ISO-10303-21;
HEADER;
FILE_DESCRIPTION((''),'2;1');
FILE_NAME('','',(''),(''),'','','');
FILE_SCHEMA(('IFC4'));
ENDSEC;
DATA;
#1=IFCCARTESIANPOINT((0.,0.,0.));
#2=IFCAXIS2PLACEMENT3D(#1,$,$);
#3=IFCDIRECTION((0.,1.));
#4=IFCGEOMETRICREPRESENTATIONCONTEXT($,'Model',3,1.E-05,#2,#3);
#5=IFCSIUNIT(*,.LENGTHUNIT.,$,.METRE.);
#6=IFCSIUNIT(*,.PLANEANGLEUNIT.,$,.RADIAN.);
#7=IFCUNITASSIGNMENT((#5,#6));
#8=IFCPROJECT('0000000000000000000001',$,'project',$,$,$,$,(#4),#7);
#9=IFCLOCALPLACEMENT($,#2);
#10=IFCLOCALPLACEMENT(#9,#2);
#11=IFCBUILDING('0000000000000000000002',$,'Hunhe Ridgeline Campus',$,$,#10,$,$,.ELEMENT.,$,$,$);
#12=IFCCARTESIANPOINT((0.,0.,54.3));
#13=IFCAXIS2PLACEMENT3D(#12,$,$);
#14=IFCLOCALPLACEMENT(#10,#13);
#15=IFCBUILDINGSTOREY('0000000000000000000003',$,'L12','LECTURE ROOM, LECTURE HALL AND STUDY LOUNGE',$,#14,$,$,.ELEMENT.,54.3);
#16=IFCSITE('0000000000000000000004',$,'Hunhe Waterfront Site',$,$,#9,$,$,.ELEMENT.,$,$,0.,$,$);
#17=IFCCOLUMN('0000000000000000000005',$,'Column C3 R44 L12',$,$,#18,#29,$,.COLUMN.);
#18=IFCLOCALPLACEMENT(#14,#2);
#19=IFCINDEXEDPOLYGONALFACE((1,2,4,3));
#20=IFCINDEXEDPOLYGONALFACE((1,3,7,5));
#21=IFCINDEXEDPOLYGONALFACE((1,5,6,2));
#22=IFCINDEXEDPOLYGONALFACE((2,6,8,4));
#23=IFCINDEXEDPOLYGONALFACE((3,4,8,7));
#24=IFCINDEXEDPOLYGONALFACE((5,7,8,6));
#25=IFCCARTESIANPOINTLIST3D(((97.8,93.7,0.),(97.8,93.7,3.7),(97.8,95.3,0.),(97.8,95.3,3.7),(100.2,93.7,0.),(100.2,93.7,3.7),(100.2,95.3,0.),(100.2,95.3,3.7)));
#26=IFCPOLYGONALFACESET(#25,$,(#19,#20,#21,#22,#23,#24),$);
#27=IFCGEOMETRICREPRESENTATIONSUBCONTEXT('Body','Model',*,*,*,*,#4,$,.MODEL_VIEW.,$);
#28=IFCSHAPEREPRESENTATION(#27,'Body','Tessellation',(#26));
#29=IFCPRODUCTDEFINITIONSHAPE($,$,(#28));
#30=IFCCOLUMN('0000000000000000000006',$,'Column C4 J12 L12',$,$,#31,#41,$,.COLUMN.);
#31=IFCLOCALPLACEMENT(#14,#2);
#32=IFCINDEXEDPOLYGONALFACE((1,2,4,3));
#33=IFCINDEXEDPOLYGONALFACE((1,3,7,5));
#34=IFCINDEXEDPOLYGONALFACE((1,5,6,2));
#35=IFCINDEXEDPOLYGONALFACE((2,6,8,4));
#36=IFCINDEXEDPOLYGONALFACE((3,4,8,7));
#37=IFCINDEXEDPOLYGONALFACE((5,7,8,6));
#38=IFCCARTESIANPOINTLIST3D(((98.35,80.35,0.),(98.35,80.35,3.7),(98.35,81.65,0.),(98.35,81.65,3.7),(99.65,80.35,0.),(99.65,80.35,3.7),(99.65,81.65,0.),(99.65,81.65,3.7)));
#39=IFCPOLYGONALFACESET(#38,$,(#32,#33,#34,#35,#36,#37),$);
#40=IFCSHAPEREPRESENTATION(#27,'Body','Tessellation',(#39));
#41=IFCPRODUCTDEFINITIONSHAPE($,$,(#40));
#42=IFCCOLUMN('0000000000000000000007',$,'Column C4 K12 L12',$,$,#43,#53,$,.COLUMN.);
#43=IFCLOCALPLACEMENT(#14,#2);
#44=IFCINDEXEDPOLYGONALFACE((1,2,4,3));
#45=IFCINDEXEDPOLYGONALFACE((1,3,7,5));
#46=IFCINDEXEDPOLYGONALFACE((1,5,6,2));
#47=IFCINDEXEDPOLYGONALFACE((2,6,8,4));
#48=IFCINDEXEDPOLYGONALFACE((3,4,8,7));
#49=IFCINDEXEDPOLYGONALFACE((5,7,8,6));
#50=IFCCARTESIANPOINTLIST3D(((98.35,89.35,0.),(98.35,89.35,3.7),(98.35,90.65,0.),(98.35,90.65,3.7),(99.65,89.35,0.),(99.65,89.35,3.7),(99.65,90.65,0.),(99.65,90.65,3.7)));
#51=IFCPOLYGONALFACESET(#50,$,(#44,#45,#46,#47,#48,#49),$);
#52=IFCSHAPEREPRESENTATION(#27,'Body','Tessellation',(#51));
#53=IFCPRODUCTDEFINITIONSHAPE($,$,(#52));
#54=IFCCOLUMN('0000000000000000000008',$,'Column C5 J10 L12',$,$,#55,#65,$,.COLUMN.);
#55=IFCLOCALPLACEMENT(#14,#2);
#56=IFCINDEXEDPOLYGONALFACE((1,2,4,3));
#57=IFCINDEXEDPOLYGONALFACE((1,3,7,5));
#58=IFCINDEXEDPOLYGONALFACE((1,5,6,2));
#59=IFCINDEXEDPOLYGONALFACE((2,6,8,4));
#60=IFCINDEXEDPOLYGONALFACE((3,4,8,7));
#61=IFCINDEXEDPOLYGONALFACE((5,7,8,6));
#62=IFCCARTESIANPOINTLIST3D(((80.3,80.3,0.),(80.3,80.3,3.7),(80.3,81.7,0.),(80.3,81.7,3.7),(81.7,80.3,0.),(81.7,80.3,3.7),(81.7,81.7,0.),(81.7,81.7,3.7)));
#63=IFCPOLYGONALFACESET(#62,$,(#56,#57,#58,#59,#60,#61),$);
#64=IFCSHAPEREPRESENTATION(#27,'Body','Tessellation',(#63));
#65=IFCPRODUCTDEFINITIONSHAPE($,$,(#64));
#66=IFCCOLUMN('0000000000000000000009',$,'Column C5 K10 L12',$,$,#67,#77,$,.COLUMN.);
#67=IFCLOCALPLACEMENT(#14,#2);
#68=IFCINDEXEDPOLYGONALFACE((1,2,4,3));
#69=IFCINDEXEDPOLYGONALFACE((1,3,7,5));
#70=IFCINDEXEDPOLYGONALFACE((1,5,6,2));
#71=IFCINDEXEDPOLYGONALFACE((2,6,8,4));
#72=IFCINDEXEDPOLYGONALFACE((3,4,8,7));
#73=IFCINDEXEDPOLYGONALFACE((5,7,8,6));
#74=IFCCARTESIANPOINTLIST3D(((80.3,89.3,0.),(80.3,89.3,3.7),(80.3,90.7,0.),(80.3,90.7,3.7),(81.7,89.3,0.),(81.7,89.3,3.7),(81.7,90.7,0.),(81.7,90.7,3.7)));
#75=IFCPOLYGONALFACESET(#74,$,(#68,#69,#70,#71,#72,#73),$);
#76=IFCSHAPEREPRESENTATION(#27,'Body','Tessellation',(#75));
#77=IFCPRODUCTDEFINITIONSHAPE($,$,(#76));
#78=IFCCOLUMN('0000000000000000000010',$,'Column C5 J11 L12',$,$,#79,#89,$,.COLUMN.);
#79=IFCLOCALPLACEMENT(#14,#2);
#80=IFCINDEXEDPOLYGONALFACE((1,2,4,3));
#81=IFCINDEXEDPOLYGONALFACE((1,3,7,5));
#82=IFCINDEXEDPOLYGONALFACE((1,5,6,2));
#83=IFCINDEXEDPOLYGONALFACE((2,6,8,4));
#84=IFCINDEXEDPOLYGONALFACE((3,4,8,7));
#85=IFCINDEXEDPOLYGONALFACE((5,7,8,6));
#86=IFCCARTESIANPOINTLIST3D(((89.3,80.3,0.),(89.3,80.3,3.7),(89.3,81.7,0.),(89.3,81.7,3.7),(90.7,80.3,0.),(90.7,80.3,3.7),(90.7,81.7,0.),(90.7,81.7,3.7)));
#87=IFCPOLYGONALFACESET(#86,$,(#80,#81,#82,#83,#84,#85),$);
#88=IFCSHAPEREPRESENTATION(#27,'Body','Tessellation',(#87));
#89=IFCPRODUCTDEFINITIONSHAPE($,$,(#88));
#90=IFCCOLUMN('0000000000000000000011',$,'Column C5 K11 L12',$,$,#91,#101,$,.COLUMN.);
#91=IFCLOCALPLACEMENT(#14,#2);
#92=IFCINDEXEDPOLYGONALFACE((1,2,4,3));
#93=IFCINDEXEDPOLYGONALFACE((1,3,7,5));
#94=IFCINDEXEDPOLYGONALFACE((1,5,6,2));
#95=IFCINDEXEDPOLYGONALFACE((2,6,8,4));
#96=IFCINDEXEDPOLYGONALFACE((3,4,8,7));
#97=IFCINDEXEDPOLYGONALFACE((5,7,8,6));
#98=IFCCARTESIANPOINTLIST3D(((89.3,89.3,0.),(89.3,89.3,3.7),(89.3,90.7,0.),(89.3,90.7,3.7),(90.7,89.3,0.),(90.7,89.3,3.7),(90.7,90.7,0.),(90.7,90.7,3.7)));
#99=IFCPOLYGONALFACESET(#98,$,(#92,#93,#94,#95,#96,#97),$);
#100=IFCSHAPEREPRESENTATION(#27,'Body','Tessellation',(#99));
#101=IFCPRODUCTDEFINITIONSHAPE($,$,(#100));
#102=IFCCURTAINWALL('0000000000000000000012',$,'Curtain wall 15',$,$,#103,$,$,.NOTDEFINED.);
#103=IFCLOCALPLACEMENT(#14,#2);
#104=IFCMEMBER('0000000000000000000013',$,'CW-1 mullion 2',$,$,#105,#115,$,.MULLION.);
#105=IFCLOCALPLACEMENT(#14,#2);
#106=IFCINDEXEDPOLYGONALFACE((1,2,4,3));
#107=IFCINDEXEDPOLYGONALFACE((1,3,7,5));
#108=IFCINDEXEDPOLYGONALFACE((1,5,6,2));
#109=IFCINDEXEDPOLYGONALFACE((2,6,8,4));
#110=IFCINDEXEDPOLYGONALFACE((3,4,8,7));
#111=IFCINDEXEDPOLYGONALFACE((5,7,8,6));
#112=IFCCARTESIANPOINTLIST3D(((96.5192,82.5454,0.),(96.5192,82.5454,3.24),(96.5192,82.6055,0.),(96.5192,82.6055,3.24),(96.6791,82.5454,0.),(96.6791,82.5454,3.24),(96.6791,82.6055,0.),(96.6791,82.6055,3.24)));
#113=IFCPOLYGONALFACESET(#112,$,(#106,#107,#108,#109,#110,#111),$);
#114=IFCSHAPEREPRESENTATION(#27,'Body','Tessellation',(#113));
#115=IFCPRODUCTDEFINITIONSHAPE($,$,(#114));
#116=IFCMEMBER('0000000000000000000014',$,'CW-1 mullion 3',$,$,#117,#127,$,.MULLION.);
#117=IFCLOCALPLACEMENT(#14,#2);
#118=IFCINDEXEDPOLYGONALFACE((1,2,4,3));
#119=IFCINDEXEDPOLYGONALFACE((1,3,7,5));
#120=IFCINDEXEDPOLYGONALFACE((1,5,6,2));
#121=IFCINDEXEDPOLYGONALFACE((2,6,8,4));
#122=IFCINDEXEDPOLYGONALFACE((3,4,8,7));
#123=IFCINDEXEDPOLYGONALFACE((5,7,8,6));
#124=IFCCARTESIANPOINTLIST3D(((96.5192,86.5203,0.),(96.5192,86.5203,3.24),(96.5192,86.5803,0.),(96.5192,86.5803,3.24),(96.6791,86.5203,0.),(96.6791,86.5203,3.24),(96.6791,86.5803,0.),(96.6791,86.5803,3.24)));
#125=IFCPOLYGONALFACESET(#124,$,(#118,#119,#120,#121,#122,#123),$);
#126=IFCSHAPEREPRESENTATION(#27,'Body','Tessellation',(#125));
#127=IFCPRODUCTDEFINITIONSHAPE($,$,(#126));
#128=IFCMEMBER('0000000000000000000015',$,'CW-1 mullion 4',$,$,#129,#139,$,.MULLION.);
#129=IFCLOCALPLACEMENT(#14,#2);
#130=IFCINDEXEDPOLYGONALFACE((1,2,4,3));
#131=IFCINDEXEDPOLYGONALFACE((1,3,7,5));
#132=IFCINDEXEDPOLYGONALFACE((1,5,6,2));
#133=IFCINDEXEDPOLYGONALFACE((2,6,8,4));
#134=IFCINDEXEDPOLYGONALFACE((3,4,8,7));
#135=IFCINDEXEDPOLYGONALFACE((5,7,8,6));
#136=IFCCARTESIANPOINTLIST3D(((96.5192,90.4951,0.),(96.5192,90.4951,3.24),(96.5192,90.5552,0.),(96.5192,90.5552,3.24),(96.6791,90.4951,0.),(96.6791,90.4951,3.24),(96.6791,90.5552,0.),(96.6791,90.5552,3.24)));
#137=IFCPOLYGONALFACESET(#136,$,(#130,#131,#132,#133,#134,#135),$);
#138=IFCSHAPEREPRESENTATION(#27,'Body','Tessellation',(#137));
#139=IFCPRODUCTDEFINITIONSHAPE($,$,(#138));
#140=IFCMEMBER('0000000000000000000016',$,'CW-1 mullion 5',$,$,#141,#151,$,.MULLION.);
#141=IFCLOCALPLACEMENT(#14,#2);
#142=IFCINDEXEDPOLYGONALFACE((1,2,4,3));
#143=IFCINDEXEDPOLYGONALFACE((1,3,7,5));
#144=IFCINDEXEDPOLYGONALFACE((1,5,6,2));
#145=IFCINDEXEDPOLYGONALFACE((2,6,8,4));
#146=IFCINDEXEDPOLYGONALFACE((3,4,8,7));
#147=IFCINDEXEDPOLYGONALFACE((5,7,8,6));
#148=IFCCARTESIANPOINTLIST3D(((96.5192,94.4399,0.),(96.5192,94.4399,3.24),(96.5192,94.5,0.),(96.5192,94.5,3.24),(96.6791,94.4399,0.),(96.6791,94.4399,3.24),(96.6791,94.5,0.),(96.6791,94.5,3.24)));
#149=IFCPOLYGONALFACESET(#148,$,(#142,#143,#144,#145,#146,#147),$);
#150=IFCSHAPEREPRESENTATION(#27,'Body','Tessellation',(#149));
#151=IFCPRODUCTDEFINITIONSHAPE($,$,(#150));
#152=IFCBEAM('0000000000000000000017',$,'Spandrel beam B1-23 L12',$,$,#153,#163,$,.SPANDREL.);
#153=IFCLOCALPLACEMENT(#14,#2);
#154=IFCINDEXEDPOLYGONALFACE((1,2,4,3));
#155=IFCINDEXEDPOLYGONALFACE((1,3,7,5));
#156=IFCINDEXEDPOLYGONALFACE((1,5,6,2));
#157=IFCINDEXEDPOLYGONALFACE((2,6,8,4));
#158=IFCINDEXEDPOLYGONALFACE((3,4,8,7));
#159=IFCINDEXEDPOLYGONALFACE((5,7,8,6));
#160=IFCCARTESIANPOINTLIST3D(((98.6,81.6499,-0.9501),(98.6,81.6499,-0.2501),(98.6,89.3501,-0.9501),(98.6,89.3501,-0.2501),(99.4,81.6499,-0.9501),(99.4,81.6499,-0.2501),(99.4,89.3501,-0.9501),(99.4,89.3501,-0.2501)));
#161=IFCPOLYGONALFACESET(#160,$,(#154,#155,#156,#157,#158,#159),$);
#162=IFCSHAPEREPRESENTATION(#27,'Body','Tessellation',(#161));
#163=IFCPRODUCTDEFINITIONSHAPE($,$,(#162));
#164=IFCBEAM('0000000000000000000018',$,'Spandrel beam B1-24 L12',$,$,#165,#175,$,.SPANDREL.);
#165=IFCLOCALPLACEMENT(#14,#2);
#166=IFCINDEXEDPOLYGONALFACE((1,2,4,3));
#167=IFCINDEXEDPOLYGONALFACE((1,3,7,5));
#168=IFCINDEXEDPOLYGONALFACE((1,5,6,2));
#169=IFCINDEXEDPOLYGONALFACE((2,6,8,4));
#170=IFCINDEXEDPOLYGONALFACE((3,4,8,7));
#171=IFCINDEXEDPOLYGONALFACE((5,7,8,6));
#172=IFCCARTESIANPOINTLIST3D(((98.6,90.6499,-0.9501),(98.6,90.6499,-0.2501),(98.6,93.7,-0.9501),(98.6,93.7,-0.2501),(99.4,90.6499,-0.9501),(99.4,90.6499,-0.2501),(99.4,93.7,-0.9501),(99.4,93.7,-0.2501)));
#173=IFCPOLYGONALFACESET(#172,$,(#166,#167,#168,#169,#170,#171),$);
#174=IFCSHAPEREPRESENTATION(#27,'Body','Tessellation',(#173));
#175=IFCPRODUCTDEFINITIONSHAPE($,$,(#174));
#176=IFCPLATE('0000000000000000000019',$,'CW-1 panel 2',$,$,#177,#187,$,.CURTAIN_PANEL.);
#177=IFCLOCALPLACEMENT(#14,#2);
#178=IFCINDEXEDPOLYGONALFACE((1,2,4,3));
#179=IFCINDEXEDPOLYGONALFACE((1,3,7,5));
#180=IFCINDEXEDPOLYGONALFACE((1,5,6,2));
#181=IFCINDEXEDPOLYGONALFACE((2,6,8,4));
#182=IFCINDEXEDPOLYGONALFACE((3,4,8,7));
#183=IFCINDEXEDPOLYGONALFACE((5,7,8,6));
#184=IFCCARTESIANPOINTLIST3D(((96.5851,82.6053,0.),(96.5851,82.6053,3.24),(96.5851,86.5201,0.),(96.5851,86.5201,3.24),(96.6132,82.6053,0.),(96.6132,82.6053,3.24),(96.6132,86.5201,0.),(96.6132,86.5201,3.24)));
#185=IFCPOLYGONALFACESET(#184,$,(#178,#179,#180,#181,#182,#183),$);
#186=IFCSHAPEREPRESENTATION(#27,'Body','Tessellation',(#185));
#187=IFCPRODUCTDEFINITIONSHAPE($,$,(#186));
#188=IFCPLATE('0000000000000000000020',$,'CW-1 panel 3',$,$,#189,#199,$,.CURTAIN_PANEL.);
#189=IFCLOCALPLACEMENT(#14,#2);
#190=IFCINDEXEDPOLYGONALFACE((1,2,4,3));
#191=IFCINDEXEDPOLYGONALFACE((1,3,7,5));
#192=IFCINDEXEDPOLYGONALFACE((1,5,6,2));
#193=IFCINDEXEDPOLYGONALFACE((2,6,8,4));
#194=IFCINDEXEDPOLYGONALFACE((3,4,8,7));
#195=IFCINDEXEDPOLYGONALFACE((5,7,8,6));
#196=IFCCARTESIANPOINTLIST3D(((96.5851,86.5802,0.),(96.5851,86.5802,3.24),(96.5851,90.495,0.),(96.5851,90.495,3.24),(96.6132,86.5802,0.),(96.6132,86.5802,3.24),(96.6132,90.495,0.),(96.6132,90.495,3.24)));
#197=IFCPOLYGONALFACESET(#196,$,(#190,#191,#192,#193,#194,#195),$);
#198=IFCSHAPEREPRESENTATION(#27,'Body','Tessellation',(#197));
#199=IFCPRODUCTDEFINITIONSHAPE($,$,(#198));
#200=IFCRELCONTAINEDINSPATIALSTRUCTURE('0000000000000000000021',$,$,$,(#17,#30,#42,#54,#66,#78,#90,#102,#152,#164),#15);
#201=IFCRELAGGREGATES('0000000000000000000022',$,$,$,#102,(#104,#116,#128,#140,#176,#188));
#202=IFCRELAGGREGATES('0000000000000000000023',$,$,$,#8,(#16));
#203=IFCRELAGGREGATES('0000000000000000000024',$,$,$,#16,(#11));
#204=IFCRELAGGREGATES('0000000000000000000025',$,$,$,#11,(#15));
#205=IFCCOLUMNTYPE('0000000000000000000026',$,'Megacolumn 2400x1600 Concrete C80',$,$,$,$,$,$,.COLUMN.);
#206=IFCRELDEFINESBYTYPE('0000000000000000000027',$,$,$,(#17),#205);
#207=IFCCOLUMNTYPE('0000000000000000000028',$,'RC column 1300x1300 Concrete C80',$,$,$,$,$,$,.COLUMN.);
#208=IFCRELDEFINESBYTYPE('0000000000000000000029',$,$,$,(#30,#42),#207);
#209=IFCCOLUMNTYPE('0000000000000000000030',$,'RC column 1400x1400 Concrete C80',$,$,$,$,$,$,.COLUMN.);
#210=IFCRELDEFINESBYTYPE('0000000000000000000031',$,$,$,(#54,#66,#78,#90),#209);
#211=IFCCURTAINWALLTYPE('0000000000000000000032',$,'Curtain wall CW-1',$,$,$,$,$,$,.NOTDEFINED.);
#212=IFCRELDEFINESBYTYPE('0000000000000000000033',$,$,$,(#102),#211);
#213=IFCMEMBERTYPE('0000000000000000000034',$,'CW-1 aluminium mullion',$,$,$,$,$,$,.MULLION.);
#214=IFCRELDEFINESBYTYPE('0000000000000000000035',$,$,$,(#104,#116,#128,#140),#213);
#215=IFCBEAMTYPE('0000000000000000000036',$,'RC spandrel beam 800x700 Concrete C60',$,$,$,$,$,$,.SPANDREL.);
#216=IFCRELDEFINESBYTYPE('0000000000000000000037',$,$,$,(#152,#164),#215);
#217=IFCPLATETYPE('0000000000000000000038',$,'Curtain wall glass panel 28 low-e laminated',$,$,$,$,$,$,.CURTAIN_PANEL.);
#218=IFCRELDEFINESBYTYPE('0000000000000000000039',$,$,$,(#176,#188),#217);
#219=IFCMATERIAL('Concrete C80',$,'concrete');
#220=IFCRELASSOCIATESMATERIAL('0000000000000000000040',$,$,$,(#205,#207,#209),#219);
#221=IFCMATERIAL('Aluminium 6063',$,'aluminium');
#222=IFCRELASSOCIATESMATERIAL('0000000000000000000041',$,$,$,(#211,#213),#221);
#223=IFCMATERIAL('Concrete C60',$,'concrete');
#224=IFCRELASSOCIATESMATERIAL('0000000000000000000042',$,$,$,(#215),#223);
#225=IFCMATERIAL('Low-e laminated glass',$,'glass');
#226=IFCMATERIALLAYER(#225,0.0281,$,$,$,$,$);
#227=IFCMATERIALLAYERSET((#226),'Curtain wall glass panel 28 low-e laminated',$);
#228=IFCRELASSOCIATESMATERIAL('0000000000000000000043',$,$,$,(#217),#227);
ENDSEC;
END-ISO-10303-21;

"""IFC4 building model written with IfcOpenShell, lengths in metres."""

from ifc_helpers import new_model, si_unit, direction, frame, origin, origin_2d, place, context, subcontext, project, spatial, rectangle, extrude, material, layer, layer_set, material_profile, profile_set, type_object, element, aggregate, save


model = new_model("IFC4")

# Units and contexts
model_context = context("Model", 3, precision=1e-05, world=origin(), true_north=direction((0.0, 1.0)))
body_context = subcontext(model_context, "Body", "Model", "MODEL_VIEW")
ifc_project = project(units=[si_unit("LENGTHUNIT", "METRE"), si_unit("PLANEANGLEUNIT", "RADIAN")], contexts=[model_context])

# Site, building, storey
site_placement = place(None, origin())
site = spatial("IfcSite", under=ifc_project, at=site_placement, Name="Hunhe Waterfront Site", CompositionType="ELEMENT", RefElevation=0.0)
building_placement = place(site_placement, origin())
building = spatial("IfcBuilding", under=site, at=building_placement, Name="Hunhe Ridgeline Campus", CompositionType="ELEMENT")
storey_placement = place(building_placement, frame((0.0, 0.0, 54.3)))
storey = spatial("IfcBuildingStorey", under=building, at=storey_placement, Name="L12", Description="LECTURE ROOM, LECTURE HALL AND STUDY LOUNGE", CompositionType="ELEMENT", Elevation=54.3)

# Columns
ifc_material_1 = material(Name="Concrete C80", Category="concrete")
ifc_material_profile_1 = material_profile(ifc_material_1, rectangle(XDim=2.3999, YDim=1.6001, at=origin_2d()))
ifc_profile_set_1 = profile_set([ifc_material_profile_1], Name="Concrete C80")
column_type_1 = type_object("IfcColumnType", Name="Megacolumn 2400x1600 Concrete C80", PredefinedType="COLUMN", material=ifc_profile_set_1)
column_placement = place(storey_placement, frame((99.0, 94.5, 0.0), z_axis=(0.0, 0.0, 1.0), x_axis=(1.0, 0.0, 0.0)))
element("IfcColumn", 1, at=column_placement, inside=storey, type_object=column_type_1, Name="Column C3 R44 L12", PredefinedType="COLUMN", context=body_context, shape_type="SweptSolid", body=[
    extrude(rectangle(XDim=2.3999, YDim=1.6001, at=origin_2d()), origin(), (0.0, 0.0, 1.0), 3.7),
])
ifc_material_profile_2 = material_profile(ifc_material_1, rectangle(XDim=1.3, YDim=1.3, at=origin_2d()))
ifc_profile_set_2 = profile_set([ifc_material_profile_2], Name="Concrete C80")
column_type_2 = type_object("IfcColumnType", Name="RC column 1300x1300 Concrete C80", PredefinedType="COLUMN", material=ifc_profile_set_2)
for number, where, z_axis, x_axis, name in (
    (2, (99.0, 81.0, 0.0), (0.0, 0.0, 1.0), (1.0, 0.0, 0.0), "Column C4 J12 L12"),
    (3, (99.0, 90.0, 0.0), (0.0, 0.0, 1.0), (1.0, 0.0, 0.0), "Column C4 K12 L12"),
):
    element("IfcColumn", number, at=place(storey_placement, frame(where, z_axis=z_axis, x_axis=x_axis)), inside=storey, type_object=column_type_2, Name=name, PredefinedType="COLUMN", context=body_context, shape_type="SweptSolid", body=[
        extrude(rectangle(XDim=1.3, YDim=1.3, at=origin_2d()), origin(), (0.0, 0.0, 1.0), 3.7),
    ])
ifc_material_profile_3 = material_profile(ifc_material_1, rectangle(XDim=1.3999, YDim=1.3999, at=origin_2d()))
ifc_profile_set_3 = profile_set([ifc_material_profile_3], Name="Concrete C80")
column_type_3 = type_object("IfcColumnType", Name="RC column 1400x1400 Concrete C80", PredefinedType="COLUMN", material=ifc_profile_set_3)
for number, where, z_axis, x_axis, name in (
    (4, (81.0, 81.0, 0.0), (0.0, 0.0, 1.0), (1.0, 0.0, 0.0), "Column C5 J10 L12"),
    (5, (81.0, 90.0, 0.0), (0.0, 0.0, 1.0), (1.0, 0.0, 0.0), "Column C5 K10 L12"),
    (6, (90.0, 81.0, 0.0), (0.0, 0.0, 1.0), (1.0, 0.0, 0.0), "Column C5 J11 L12"),
    (7, (90.0, 90.0, 0.0), (0.0, 0.0, 1.0), (1.0, 0.0, 0.0), "Column C5 K11 L12"),
):
    element("IfcColumn", number, at=place(storey_placement, frame(where, z_axis=z_axis, x_axis=x_axis)), inside=storey, type_object=column_type_3, Name=name, PredefinedType="COLUMN", context=body_context, shape_type="SweptSolid", body=[
        extrude(rectangle(XDim=1.3999, YDim=1.3999, at=origin_2d()), origin(), (0.0, 0.0, 1.0), 3.7),
    ])

# Curtain wall, members
ifc_material_2 = material(Name="Aluminium 6063", Category="aluminium")
curtain_wall_type = type_object("IfcCurtainWallType", Name="Curtain wall CW-1", PredefinedType="NOTDEFINED", material=ifc_material_2)
curtain_wall_placement = place(storey_placement, origin())
curtain_wall = element("IfcCurtainWall", 8, at=curtain_wall_placement, inside=storey, type_object=curtain_wall_type, Name="Curtain wall 15", PredefinedType="NOTDEFINED")
ifc_material_profile_4 = material_profile(ifc_material_2, rectangle(XDim=0.1599, YDim=0.0601, at=origin_2d()))
ifc_profile_set_4 = profile_set([ifc_material_profile_4], Name="Aluminium 6063")
member_type = type_object("IfcMemberType", Name="CW-1 aluminium mullion", PredefinedType="MULLION", material=ifc_profile_set_4)
member_1_placement = place(storey_placement, frame((96.5991, 82.5754, 0.0), z_axis=(0.0, 0.0, 1.0), x_axis=(-1.0, 0.0, 0.0)))
member_1 = element("IfcMember", 9, at=member_1_placement, type_object=member_type, Name="CW-1 mullion 2", PredefinedType="MULLION", context=body_context, shape_type="SweptSolid", body=[
    extrude(rectangle(XDim=0.1599, YDim=0.0601, at=origin_2d()), origin(), (0.0, 0.0, 1.0), 3.24),
])
member_2_placement = place(storey_placement, frame((96.5991, 86.5503, 0.0), z_axis=(0.0, 0.0, 1.0), x_axis=(-1.0, 0.0, 0.0)))
member_2 = element("IfcMember", 10, at=member_2_placement, type_object=member_type, Name="CW-1 mullion 3", PredefinedType="MULLION", context=body_context, shape_type="SweptSolid", body=[
    extrude(rectangle(XDim=0.1599, YDim=0.0601, at=origin_2d()), origin(), (0.0, 0.0, 1.0), 3.24),
])
member_3_placement = place(storey_placement, frame((96.5991, 90.5251, 0.0), z_axis=(0.0, 0.0, 1.0), x_axis=(-1.0, 0.0, 0.0)))
member_3 = element("IfcMember", 11, at=member_3_placement, type_object=member_type, Name="CW-1 mullion 4", PredefinedType="MULLION", context=body_context, shape_type="SweptSolid", body=[
    extrude(rectangle(XDim=0.1599, YDim=0.0601, at=origin_2d()), origin(), (0.0, 0.0, 1.0), 3.24),
])
member_4_placement = place(storey_placement, frame((96.5991, 94.47, 0.0), z_axis=(0.0, 0.0, 1.0), x_axis=(-1.0, 0.0, 0.0)))
member_4 = element("IfcMember", 12, at=member_4_placement, type_object=member_type, Name="CW-1 mullion 5", PredefinedType="MULLION", context=body_context, shape_type="SweptSolid", body=[
    extrude(rectangle(XDim=0.1599, YDim=0.0601, at=origin_2d()), origin(), (0.0, 0.0, 1.0), 3.24),
])

# Beams
ifc_material_3 = material(Name="Concrete C60", Category="concrete")
ifc_material_profile_5 = material_profile(ifc_material_3, rectangle(XDim=0.8, YDim=0.7, at=origin_2d()))
ifc_profile_set_5 = profile_set([ifc_material_profile_5], Name="Concrete C60")
beam_type = type_object("IfcBeamType", Name="RC spandrel beam 800x700 Concrete C60", PredefinedType="SPANDREL", material=ifc_profile_set_5)
beam_1_placement = place(storey_placement, frame((99.0, 81.6499, -0.6001), z_axis=(0.0, 1.0, 0.0), x_axis=(-1.0, 0.0, 0.0)))
element("IfcBeam", 13, at=beam_1_placement, inside=storey, type_object=beam_type, Name="Spandrel beam B1-23 L12", PredefinedType="SPANDREL", context=body_context, shape_type="SweptSolid", body=[
    extrude(rectangle(XDim=0.8, YDim=0.7, at=origin_2d()), origin(), (0.0, 0.0, 1.0), 7.7002),
])
beam_2_placement = place(storey_placement, frame((99.0, 90.6499, -0.6001), z_axis=(0.0, 1.0, 0.0), x_axis=(-1.0, 0.0, 0.0)))
element("IfcBeam", 14, at=beam_2_placement, inside=storey, type_object=beam_type, Name="Spandrel beam B1-24 L12", PredefinedType="SPANDREL", context=body_context, shape_type="SweptSolid", body=[
    extrude(rectangle(XDim=0.8, YDim=0.7, at=origin_2d()), origin(), (0.0, 0.0, 1.0), 3.05),
])

# Plates
ifc_material_4 = material(Name="Low-e laminated glass", Category="glass")
ifc_layer_1 = layer(ifc_material_4, 0.0281)
ifc_layer_set_1 = layer_set([ifc_layer_1], Name="Curtain wall glass panel 28 low-e laminated")
plate_type = type_object("IfcPlateType", Name="Curtain wall glass panel 28 low-e laminated", PredefinedType="CURTAIN_PANEL", material=ifc_layer_set_1)
plate_1_placement = place(storey_placement, frame((96.5991, 84.5627, 0.0), z_axis=(0.0, 0.0, 1.0), x_axis=(0.0, 1.0, 0.0)))
plate_1 = element("IfcPlate", 15, at=plate_1_placement, type_object=plate_type, Name="CW-1 panel 2", PredefinedType="CURTAIN_PANEL", context=body_context, shape_type="SweptSolid", body=[
    extrude(rectangle(XDim=3.9148, YDim=0.0281, at=origin_2d()), origin(), (0.0, 0.0, 1.0), 3.24),
])
plate_2_placement = place(storey_placement, frame((96.5991, 88.5376, 0.0), z_axis=(0.0, 0.0, 1.0), x_axis=(0.0, 1.0, 0.0)))
plate_2 = element("IfcPlate", 16, at=plate_2_placement, type_object=plate_type, Name="CW-1 panel 3", PredefinedType="CURTAIN_PANEL", context=body_context, shape_type="SweptSolid", body=[
    extrude(rectangle(XDim=3.9148, YDim=0.0281, at=origin_2d()), origin(), (0.0, 0.0, 1.0), 3.24),
])
aggregate(curtain_wall, [member_1, member_2, member_3, member_4, plate_1, plate_2])

save(model, "model.ifc")
